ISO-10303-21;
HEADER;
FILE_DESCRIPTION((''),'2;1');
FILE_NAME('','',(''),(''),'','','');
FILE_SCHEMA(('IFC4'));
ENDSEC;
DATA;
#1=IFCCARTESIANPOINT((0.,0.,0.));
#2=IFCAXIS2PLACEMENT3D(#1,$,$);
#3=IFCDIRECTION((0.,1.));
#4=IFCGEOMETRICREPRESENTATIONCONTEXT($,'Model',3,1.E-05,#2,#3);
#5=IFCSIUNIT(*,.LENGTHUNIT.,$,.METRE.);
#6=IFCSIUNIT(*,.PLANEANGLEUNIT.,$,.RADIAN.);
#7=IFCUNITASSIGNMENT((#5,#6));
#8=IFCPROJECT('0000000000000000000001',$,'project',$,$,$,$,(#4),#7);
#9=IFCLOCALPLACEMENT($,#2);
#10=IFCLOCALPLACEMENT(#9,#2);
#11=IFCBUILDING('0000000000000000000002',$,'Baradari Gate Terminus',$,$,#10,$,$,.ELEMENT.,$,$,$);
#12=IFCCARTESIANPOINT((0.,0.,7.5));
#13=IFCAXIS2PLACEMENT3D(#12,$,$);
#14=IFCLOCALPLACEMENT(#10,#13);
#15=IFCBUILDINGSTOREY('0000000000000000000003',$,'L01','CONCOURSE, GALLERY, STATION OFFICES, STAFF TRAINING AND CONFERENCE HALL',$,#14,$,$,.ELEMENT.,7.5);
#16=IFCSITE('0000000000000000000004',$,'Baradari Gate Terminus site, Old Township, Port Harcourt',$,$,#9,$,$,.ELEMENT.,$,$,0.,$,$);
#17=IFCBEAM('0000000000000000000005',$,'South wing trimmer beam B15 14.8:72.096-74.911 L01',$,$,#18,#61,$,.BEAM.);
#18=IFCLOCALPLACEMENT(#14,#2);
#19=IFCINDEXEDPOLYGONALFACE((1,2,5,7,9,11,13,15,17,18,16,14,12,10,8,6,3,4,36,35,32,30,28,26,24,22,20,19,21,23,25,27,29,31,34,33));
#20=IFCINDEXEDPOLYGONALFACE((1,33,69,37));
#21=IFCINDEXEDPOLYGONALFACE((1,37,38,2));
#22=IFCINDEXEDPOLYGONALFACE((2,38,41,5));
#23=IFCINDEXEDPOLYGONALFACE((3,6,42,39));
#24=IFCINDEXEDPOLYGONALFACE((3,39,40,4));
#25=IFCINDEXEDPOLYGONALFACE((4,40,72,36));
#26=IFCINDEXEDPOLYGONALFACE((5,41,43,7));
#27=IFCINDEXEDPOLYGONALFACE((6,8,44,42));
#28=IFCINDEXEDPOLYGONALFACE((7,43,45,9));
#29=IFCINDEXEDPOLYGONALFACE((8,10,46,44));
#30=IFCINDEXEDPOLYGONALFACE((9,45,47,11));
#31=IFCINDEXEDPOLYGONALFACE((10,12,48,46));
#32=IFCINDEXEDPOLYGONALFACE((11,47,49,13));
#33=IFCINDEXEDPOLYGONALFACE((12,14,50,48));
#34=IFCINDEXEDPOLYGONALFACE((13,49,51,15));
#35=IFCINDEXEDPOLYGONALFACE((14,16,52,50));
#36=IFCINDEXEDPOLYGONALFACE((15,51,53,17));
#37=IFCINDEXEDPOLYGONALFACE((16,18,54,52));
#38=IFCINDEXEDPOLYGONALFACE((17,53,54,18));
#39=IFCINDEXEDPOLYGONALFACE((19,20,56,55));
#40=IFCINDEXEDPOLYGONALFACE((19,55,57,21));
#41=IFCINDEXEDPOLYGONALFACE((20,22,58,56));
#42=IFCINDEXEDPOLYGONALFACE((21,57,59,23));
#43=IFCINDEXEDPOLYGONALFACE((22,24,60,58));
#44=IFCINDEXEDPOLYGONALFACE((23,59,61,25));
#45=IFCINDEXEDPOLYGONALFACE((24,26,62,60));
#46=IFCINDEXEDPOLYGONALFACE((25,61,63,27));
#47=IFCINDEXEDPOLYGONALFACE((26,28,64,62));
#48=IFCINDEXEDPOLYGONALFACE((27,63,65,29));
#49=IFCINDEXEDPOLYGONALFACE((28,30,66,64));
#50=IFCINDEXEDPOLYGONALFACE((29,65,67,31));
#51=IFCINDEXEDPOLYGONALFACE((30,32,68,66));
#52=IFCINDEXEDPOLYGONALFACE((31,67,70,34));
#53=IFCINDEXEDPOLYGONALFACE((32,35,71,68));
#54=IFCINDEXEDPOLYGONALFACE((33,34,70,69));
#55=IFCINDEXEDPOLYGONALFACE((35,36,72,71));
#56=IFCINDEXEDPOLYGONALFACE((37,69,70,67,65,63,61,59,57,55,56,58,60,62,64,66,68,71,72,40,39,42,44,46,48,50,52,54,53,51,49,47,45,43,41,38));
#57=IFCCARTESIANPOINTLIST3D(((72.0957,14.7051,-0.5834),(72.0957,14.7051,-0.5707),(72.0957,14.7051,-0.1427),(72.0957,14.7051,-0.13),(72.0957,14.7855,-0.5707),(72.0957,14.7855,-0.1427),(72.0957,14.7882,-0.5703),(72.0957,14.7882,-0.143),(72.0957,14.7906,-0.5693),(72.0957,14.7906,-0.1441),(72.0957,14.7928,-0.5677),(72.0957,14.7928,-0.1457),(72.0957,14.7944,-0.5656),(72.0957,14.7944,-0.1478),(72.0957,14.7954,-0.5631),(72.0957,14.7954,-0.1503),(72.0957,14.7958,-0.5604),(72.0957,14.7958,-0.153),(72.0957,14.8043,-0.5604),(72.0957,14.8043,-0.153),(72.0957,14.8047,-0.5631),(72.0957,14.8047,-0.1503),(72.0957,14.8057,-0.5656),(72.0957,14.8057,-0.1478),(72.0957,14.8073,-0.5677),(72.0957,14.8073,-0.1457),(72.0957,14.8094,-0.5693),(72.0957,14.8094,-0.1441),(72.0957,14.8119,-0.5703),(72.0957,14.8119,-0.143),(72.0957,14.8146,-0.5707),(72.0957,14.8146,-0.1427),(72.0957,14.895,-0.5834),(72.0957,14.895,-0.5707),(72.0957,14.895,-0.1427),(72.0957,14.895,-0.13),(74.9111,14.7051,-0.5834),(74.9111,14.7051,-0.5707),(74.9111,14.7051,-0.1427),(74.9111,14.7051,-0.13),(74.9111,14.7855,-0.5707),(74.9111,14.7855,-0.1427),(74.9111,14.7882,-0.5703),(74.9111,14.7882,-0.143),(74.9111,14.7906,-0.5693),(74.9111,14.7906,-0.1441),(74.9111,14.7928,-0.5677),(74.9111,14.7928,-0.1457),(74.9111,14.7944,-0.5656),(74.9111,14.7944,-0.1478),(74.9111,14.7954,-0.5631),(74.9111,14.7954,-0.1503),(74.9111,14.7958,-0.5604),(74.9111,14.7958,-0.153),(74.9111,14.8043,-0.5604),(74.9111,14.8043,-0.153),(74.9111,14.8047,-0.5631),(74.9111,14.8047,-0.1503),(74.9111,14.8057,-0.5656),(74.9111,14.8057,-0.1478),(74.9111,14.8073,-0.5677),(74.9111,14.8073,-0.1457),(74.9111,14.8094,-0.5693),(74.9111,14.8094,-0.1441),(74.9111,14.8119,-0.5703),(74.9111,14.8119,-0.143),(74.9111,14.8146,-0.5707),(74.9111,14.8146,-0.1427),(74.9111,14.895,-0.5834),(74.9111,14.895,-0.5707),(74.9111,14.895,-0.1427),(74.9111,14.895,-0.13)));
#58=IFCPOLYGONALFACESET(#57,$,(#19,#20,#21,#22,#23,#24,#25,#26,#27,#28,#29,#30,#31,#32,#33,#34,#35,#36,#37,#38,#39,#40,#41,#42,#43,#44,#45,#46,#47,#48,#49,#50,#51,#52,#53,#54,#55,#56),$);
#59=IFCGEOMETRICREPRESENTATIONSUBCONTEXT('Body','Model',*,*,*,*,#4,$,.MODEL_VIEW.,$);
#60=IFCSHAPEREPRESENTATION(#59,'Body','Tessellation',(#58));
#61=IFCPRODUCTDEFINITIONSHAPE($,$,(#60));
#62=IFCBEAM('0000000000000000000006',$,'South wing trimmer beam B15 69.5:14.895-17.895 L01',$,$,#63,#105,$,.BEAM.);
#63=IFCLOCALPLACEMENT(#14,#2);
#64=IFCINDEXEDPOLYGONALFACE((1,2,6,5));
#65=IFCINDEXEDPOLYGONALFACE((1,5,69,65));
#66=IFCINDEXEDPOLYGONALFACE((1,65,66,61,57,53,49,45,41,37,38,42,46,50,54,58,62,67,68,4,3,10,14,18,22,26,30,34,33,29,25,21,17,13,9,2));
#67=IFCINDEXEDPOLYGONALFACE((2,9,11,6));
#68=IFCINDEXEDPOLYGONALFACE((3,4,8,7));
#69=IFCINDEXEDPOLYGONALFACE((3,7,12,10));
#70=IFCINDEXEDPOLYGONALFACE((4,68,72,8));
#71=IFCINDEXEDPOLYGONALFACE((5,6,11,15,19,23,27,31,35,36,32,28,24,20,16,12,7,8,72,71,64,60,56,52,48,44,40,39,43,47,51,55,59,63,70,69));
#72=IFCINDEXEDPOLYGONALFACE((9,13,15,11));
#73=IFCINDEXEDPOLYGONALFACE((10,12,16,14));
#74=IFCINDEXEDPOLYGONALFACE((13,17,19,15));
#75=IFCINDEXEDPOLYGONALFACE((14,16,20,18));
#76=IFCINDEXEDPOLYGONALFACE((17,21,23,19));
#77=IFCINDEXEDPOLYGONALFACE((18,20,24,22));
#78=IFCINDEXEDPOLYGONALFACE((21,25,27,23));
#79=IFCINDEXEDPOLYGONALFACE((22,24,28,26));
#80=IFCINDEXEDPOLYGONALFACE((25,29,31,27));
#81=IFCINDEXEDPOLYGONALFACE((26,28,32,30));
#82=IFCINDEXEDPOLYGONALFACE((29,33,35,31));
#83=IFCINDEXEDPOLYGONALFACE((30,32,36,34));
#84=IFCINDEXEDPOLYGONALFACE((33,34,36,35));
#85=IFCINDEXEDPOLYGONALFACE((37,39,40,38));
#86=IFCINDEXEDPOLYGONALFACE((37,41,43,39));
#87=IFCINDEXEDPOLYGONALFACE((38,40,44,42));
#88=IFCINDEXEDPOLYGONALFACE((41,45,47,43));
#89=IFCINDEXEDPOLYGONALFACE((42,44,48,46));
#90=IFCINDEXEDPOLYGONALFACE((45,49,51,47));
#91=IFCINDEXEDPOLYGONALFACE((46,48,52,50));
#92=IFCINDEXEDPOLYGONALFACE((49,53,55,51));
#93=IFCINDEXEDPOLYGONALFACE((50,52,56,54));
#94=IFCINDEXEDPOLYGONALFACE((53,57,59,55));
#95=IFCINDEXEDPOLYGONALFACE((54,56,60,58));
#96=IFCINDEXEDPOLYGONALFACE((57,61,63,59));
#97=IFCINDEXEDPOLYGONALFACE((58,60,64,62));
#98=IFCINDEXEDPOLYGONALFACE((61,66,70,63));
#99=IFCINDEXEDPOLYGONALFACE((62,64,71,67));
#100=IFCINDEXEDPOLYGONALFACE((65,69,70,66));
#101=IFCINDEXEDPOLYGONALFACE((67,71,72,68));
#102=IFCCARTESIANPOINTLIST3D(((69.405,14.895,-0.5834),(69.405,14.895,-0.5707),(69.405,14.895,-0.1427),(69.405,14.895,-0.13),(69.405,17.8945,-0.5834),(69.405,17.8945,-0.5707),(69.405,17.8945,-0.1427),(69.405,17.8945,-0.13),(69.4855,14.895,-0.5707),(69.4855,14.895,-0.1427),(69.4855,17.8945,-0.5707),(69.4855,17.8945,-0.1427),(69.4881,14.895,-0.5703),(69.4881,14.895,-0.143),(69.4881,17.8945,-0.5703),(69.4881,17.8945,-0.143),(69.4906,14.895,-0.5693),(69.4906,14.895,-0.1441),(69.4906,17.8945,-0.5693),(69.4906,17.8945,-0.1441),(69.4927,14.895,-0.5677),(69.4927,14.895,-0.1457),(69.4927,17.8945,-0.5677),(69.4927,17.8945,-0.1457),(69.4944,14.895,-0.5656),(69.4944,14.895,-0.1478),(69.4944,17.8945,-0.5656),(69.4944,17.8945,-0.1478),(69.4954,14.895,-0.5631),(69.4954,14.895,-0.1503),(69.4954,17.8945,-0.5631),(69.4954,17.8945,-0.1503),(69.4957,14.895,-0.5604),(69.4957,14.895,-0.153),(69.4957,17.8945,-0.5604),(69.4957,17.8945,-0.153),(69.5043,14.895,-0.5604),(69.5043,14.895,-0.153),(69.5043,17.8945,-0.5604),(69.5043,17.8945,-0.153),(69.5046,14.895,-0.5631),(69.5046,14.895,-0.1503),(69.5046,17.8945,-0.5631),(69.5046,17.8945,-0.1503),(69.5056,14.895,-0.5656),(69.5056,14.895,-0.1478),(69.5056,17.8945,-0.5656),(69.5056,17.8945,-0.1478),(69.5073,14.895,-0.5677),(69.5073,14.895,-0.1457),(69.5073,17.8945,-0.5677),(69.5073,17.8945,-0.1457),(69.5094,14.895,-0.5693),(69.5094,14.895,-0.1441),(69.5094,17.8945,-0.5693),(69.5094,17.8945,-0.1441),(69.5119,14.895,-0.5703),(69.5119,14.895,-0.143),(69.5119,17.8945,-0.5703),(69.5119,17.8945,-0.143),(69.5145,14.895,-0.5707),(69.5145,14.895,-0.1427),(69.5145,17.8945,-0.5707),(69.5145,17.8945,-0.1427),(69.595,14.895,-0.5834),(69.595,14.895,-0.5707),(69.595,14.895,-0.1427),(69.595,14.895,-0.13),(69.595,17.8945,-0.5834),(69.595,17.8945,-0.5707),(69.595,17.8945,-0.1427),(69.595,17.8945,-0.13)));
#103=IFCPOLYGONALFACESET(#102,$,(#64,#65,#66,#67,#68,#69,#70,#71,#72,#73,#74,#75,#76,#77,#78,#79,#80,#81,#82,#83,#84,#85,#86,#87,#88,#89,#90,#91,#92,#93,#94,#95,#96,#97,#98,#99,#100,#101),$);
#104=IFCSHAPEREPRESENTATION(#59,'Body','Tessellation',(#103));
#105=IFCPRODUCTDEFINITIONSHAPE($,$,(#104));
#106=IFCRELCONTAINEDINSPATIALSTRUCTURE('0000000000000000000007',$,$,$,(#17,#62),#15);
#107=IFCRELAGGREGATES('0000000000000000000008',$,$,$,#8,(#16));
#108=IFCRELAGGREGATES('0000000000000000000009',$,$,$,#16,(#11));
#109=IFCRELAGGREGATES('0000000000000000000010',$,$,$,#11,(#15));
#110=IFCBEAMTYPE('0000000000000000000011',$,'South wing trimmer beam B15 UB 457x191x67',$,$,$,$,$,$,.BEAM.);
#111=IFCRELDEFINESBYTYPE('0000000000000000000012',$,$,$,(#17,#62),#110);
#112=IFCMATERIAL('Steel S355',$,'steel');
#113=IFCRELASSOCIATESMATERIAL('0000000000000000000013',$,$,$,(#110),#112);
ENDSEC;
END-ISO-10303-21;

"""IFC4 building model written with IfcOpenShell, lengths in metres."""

from ifc_helpers import new_model, si_unit, direction, frame, origin, origin_2d, place, context, subcontext, project, spatial, i_section, extrude, material, material_profile, profile_set, type_object, element, save


model = new_model("IFC4")

# Units and contexts
model_context = context("Model", 3, precision=1e-05, world=origin(), true_north=direction((0.0, 1.0)))
body_context = subcontext(model_context, "Body", "Model", "MODEL_VIEW")
ifc_project = project(units=[si_unit("LENGTHUNIT", "METRE"), si_unit("PLANEANGLEUNIT", "RADIAN")], contexts=[model_context])

# Site, building, storey
site_placement = place(None, origin())
site = spatial("IfcSite", under=ifc_project, at=site_placement, Name="Baradari Gate Terminus site, Old Township, Port Harcourt", CompositionType="ELEMENT", RefElevation=0.0)
building_placement = place(site_placement, origin())
building = spatial("IfcBuilding", under=site, at=building_placement, Name="Baradari Gate Terminus", CompositionType="ELEMENT")
storey_placement = place(building_placement, frame((0.0, 0.0, 7.5)))
storey = spatial("IfcBuildingStorey", under=building, at=storey_placement, Name="L01", Description="CONCOURSE, GALLERY, STATION OFFICES, STAFF TRAINING AND CONFERENCE HALL", CompositionType="ELEMENT", Elevation=7.5)

# Beams
ifc_material_1 = material(Name="Steel S355", Category="steel")
ifc_material_profile_1 = material_profile(ifc_material_1, i_section(OverallWidth=0.1899, OverallDepth=0.4534, WebThickness=0.0085, FlangeThickness=0.0127, FilletRadius=0.0103, at=origin_2d()), Name="UB 457x191x67")
ifc_profile_set_1 = profile_set([ifc_material_profile_1], Name="Steel S355")
beam_type_1 = type_object("IfcBeamType", Name="South wing trimmer beam B15 UB 457x191x67", PredefinedType="BEAM", material=ifc_profile_set_1)
for number, where, z_axis, x_axis, name in (
    (1, (72.0957, 14.8, -0.3567), (1.0, 0.0, 0.0), (0.0, 1.0, 0.0), "South wing trimmer beam B15 14.8:72.096-74.911 L01"),
):
    element("IfcBeam", number, at=place(storey_placement, frame(where, z_axis=z_axis, x_axis=x_axis)), inside=storey, type_object=beam_type_1, Name=name, PredefinedType="BEAM", context=body_context, shape_type="SweptSolid", body=[
        extrude(i_section(OverallWidth=0.1899, OverallDepth=0.4534, WebThickness=0.0085, FlangeThickness=0.0127, FilletRadius=0.0103, at=origin_2d()), origin(), (0.0, 0.0, 1.0), 2.8154),
    ])
beam_1_placement = place(storey_placement, frame((69.5, 14.895, -0.3567), z_axis=(0.0, 1.0, 0.0), x_axis=(-1.0, 0.0, 0.0)))
element("IfcBeam", 2, at=beam_1_placement, inside=storey, type_object=beam_type_1, Name="South wing trimmer beam B15 69.5:14.895-17.895 L01", PredefinedType="BEAM", context=body_context, shape_type="SweptSolid", body=[
    extrude(i_section(OverallWidth=0.1899, OverallDepth=0.4534, WebThickness=0.0085, FlangeThickness=0.0127, FilletRadius=0.0103, at=origin_2d()), origin(), (0.0, 0.0, 1.0), 2.9995),
])

save(model, "model.ifc")
